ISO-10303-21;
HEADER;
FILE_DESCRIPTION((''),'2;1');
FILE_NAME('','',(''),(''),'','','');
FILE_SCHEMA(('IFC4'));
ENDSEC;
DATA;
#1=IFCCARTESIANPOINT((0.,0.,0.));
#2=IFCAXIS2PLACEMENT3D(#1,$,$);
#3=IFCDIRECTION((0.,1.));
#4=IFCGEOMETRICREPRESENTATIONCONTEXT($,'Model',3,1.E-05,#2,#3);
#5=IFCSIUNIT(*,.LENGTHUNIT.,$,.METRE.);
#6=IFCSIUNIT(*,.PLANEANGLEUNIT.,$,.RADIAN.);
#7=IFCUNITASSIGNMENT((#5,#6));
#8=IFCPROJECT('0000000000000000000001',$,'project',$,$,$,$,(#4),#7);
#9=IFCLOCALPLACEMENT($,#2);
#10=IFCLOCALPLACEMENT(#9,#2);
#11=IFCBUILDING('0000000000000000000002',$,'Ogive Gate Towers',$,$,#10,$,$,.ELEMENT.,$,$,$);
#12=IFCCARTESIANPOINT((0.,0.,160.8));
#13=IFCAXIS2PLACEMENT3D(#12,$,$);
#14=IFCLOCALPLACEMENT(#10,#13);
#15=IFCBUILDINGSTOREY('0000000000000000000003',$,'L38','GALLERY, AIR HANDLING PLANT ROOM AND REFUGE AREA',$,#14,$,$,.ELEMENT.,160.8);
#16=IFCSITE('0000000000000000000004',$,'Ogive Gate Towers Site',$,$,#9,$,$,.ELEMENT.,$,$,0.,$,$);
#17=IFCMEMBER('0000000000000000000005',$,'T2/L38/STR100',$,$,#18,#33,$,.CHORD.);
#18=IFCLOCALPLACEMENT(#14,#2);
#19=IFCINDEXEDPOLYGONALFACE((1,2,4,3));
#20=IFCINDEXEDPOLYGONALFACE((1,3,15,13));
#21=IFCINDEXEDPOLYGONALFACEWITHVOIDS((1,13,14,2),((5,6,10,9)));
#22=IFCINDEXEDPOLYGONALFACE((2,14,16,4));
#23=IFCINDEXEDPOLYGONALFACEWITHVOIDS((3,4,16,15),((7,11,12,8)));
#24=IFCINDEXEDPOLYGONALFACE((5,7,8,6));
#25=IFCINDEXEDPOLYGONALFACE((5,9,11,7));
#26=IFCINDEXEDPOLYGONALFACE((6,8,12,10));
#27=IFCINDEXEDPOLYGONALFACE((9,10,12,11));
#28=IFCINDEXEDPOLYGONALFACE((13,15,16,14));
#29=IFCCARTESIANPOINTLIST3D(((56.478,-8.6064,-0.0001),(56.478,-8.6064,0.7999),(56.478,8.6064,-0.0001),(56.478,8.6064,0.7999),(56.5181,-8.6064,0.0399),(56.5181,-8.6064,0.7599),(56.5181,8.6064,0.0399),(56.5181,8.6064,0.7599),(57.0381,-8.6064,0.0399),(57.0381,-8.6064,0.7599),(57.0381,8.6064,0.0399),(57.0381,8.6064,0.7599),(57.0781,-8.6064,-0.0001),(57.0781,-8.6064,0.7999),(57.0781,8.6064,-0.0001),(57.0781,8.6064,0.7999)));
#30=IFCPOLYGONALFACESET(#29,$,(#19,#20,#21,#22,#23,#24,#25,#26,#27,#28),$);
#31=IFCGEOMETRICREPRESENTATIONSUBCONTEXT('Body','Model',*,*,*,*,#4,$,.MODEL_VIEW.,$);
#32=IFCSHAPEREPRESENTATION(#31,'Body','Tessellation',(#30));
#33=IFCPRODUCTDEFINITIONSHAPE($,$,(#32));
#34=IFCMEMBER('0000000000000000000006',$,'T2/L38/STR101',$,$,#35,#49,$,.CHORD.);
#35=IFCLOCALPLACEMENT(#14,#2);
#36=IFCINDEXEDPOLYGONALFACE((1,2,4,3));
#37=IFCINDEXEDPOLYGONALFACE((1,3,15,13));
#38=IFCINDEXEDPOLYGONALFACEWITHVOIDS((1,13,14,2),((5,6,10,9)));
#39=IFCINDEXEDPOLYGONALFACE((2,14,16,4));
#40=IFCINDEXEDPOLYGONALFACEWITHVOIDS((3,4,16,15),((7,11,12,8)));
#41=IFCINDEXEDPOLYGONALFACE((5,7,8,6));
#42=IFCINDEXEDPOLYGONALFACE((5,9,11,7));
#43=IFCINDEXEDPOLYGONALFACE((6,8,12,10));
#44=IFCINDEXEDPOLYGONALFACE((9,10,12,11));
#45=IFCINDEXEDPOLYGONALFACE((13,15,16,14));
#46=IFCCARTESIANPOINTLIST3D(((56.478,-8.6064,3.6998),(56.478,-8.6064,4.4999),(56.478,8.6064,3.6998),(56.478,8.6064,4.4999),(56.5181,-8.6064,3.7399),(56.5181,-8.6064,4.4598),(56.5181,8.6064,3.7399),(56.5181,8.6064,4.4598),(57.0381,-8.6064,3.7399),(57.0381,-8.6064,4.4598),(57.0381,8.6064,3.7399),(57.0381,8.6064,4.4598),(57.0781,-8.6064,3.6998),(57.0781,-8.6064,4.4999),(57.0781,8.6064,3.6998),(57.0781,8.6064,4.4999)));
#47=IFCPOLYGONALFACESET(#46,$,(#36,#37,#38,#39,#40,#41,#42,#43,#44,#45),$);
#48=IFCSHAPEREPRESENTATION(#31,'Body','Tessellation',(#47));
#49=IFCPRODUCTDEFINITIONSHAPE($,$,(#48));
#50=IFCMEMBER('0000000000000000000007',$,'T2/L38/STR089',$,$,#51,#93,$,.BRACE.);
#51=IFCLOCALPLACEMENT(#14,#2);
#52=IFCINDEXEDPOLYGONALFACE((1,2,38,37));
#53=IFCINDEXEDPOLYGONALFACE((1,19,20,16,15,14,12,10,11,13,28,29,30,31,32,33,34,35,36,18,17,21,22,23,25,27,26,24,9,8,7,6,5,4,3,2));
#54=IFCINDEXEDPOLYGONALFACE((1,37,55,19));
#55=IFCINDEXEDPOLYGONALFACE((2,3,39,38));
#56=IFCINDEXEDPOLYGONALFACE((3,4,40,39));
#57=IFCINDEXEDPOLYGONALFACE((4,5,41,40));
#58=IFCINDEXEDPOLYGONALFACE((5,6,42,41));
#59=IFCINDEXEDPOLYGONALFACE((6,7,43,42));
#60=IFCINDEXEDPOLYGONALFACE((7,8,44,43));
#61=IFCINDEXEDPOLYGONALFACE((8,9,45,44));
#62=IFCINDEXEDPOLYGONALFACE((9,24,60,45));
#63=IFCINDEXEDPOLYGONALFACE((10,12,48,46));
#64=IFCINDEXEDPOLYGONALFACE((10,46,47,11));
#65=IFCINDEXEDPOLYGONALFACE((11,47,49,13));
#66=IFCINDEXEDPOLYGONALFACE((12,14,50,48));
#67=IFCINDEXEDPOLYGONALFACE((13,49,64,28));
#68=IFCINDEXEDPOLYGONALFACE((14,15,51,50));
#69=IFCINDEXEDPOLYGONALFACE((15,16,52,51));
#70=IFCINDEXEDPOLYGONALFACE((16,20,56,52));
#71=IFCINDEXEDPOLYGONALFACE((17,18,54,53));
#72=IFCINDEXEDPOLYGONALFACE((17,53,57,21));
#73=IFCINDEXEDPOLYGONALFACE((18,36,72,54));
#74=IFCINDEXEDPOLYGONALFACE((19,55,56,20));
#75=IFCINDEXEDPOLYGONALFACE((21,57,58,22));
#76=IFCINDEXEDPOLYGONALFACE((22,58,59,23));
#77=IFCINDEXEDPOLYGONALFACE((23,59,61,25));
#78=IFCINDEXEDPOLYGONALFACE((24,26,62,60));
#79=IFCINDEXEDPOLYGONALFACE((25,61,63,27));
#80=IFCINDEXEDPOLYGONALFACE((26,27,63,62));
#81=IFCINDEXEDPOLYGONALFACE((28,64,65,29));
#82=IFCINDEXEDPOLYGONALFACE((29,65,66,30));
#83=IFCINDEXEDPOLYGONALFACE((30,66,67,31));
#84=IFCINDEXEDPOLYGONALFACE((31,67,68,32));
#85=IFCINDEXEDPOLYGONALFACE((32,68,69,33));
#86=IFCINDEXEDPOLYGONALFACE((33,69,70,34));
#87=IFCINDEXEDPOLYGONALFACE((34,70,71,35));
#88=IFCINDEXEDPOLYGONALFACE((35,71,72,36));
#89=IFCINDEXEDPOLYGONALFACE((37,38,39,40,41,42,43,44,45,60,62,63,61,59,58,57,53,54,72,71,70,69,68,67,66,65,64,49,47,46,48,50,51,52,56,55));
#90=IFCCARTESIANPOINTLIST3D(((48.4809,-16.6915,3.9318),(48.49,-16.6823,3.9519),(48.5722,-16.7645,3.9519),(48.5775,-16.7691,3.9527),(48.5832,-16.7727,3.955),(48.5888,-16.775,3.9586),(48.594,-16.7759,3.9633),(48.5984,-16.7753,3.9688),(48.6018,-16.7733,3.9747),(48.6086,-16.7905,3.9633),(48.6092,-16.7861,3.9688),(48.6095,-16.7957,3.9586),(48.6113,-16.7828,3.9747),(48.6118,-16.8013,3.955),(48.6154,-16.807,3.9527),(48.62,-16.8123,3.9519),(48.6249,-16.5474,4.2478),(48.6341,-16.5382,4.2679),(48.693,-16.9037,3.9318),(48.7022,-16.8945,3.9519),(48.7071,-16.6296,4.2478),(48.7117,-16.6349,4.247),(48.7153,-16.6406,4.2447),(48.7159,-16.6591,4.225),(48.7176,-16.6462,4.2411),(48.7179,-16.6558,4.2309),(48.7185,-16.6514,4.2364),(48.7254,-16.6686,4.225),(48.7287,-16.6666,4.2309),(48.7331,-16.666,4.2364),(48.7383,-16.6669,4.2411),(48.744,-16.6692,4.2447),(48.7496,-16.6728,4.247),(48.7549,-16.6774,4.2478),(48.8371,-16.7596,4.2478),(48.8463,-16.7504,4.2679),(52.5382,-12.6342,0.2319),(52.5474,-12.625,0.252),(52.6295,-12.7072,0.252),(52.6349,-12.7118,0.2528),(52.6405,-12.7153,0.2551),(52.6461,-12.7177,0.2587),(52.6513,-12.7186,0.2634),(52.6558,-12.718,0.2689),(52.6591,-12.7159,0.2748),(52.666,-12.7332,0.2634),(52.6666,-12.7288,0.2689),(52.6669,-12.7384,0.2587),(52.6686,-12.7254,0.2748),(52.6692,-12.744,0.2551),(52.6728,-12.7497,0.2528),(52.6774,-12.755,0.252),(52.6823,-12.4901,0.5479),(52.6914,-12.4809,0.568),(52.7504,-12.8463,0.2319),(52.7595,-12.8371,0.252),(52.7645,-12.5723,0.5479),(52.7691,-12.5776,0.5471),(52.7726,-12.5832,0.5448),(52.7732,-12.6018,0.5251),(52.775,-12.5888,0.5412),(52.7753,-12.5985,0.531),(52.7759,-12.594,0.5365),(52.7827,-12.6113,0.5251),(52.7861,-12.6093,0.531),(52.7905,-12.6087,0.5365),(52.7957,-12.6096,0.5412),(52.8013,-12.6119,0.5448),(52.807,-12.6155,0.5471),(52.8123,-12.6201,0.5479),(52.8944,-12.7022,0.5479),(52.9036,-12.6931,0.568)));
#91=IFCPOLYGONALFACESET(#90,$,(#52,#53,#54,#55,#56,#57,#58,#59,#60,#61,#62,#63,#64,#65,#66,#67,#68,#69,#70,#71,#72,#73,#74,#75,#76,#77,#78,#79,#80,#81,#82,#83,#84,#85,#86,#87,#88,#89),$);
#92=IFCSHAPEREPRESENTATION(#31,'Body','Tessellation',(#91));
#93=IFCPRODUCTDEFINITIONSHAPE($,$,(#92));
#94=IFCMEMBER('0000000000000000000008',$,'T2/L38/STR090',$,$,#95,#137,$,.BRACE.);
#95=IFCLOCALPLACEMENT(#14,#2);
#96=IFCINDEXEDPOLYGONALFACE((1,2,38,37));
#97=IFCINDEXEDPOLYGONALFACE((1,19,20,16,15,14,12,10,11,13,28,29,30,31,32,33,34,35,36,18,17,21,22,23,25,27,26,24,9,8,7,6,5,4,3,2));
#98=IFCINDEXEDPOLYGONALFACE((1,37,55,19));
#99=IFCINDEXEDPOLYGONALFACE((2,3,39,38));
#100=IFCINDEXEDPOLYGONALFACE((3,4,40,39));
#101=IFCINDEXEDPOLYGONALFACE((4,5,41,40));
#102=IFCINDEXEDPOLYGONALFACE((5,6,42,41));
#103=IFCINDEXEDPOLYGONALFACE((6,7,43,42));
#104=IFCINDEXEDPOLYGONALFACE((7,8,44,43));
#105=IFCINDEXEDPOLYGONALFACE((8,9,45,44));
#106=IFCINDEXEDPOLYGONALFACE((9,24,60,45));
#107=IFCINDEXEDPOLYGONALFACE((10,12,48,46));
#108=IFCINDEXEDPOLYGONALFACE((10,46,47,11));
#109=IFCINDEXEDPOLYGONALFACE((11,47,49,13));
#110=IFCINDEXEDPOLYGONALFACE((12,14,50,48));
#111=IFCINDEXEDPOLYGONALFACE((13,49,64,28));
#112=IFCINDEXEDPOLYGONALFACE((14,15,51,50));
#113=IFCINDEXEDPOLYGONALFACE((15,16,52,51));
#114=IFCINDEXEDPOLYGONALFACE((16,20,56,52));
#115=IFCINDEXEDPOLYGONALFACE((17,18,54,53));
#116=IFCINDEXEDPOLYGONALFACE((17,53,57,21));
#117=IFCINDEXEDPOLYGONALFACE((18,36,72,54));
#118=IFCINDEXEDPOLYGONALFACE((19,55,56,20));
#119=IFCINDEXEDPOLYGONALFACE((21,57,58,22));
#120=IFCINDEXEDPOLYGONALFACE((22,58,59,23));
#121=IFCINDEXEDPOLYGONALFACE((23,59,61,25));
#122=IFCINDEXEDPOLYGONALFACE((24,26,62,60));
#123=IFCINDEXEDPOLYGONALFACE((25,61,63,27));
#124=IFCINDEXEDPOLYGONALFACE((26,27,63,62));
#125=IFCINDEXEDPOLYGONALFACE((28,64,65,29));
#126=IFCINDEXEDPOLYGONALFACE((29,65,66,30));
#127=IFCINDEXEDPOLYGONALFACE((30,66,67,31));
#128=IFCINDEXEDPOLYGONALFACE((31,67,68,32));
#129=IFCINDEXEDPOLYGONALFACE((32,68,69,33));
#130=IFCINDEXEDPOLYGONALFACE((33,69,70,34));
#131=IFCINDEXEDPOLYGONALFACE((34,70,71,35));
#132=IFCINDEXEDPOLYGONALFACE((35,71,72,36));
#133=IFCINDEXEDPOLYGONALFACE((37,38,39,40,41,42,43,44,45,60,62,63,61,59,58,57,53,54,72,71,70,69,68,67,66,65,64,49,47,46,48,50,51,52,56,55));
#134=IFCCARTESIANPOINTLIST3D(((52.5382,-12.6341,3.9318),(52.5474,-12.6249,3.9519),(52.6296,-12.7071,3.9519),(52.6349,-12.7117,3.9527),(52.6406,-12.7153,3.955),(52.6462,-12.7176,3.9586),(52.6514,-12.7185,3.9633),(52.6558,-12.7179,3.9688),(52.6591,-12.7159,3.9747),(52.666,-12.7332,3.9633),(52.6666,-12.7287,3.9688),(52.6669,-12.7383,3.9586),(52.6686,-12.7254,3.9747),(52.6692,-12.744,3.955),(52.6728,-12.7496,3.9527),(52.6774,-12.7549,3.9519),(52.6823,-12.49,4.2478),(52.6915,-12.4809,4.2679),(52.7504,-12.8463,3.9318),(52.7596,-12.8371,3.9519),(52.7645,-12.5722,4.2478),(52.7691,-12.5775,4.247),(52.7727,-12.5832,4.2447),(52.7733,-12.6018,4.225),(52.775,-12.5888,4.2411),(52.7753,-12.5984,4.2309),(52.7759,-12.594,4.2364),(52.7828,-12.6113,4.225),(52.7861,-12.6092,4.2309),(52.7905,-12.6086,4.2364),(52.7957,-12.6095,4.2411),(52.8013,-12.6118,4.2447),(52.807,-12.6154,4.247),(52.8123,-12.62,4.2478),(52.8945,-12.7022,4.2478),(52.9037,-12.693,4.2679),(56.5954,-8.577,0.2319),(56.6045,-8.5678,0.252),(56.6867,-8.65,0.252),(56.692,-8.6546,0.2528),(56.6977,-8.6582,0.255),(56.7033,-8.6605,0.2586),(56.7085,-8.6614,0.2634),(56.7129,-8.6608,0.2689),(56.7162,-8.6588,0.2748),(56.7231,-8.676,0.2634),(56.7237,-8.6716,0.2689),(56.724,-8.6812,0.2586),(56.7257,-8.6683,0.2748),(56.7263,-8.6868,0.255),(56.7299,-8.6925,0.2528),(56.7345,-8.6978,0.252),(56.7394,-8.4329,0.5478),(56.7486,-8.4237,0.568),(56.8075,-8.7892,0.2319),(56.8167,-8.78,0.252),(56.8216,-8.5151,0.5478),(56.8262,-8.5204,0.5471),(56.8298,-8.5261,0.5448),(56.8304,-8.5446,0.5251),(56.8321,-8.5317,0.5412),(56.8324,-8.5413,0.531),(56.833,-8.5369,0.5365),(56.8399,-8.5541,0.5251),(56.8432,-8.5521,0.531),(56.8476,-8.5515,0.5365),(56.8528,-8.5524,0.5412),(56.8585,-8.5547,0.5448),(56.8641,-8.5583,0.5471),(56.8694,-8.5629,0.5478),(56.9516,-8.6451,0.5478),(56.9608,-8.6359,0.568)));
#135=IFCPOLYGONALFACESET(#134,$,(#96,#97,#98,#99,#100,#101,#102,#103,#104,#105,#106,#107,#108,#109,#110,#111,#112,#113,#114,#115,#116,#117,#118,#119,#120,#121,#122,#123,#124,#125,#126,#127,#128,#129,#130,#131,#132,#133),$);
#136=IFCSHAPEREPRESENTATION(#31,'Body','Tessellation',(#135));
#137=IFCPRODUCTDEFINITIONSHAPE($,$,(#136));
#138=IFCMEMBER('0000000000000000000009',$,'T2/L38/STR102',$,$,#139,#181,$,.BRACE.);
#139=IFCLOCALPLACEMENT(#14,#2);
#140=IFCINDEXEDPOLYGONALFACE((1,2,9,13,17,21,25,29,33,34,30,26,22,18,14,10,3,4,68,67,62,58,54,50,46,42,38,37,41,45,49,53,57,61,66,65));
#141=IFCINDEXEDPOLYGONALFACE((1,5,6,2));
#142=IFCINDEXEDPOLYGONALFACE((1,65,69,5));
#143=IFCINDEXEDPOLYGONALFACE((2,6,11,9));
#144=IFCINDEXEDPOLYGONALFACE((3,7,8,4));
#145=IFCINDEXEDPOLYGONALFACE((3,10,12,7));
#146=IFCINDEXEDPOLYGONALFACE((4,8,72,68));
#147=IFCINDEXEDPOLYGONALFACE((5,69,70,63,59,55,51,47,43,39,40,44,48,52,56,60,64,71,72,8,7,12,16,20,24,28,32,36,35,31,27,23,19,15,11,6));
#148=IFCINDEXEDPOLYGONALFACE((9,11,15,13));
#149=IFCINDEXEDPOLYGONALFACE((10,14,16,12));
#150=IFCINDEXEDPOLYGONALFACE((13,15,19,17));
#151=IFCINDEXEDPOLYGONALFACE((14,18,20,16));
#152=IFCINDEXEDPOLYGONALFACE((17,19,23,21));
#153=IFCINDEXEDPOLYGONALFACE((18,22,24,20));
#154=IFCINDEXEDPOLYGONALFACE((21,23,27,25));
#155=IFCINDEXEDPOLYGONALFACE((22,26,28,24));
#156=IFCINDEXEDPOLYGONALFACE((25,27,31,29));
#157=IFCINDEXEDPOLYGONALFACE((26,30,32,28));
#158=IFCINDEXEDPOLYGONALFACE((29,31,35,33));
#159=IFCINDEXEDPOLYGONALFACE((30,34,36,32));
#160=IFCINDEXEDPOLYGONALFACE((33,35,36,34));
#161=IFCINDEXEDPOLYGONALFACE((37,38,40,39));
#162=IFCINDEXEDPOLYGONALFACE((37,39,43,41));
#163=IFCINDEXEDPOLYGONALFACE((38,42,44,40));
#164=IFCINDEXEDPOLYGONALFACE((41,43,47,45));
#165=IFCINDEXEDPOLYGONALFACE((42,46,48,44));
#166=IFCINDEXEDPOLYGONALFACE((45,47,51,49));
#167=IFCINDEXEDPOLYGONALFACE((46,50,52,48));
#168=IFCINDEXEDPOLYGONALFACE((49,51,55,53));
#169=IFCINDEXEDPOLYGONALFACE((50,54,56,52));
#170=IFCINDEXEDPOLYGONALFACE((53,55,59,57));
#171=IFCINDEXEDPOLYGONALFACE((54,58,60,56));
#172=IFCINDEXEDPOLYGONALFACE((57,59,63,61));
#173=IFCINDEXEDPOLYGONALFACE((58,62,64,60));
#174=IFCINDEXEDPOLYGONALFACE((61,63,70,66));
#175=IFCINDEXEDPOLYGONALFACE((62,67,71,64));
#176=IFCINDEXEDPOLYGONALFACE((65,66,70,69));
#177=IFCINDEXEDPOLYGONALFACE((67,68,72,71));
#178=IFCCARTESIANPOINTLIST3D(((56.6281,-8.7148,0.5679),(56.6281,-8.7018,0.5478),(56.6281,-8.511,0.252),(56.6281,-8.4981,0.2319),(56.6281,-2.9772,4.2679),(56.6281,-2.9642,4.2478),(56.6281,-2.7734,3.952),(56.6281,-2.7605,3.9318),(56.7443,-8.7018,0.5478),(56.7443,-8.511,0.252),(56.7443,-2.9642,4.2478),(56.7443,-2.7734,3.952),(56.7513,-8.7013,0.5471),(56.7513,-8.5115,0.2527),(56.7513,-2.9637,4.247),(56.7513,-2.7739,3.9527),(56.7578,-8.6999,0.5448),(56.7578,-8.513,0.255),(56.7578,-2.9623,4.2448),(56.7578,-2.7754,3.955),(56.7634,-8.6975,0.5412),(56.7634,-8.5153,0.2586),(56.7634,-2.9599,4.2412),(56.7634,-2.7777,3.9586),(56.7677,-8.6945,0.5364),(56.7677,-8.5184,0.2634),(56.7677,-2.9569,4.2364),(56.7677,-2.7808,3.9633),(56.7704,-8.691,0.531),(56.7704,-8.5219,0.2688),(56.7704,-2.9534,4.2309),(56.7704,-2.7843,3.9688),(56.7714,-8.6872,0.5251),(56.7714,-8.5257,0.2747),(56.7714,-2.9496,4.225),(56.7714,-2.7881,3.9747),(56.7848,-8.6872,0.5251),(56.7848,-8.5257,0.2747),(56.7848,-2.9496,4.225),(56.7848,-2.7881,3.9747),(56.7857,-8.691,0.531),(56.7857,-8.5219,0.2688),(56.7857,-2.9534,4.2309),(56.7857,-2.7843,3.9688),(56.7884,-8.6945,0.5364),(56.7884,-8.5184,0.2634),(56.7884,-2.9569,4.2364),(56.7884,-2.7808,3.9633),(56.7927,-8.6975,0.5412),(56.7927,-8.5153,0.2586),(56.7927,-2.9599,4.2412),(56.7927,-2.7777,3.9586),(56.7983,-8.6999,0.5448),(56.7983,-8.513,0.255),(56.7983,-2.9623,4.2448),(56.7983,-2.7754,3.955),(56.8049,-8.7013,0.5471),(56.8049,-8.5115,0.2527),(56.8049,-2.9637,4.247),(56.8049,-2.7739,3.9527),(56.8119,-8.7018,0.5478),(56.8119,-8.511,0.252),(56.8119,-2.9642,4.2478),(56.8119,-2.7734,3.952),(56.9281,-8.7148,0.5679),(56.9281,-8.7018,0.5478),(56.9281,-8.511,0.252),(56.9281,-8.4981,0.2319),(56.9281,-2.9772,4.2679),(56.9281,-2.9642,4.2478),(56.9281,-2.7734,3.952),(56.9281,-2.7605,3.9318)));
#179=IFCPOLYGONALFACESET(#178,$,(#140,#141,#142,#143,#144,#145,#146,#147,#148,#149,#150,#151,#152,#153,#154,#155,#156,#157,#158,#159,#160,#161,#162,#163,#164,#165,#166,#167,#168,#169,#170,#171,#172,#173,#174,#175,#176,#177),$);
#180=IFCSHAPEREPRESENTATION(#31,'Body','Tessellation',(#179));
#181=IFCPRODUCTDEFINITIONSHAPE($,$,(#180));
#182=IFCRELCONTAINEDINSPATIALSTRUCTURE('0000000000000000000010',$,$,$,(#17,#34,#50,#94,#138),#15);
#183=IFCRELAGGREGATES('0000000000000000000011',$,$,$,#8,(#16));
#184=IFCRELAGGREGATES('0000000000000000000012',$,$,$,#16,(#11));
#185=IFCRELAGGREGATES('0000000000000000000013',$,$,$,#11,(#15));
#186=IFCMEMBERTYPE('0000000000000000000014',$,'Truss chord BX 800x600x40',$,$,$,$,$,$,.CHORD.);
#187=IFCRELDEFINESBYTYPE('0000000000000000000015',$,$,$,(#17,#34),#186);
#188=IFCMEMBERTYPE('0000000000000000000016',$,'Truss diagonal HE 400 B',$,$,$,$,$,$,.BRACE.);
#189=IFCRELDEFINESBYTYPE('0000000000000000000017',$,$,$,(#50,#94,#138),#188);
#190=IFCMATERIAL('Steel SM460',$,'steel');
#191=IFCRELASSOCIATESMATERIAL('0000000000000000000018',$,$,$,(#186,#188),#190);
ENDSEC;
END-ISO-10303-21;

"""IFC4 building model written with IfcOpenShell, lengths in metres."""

from ifc_helpers import new_model, si_unit, direction, frame, origin, origin_2d, place, context, subcontext, project, spatial, hollow_rectangle, i_section, extrude, material, material_profile, profile_set, type_object, element, save


model = new_model("IFC4")

# Units and contexts
model_context = context("Model", 3, precision=1e-05, world=origin(), true_north=direction((0.0, 1.0)))
body_context = subcontext(model_context, "Body", "Model", "MODEL_VIEW")
ifc_project = project(units=[si_unit("LENGTHUNIT", "METRE"), si_unit("PLANEANGLEUNIT", "RADIAN")], contexts=[model_context])

# Site, building, storey
site_placement = place(None, origin())
site = spatial("IfcSite", under=ifc_project, at=site_placement, Name="Ogive Gate Towers Site", CompositionType="ELEMENT", RefElevation=0.0)
building_placement = place(site_placement, origin())
building = spatial("IfcBuilding", under=site, at=building_placement, Name="Ogive Gate Towers", CompositionType="ELEMENT")
storey_placement = place(building_placement, frame((0.0, 0.0, 160.8)))
storey = spatial("IfcBuildingStorey", under=building, at=storey_placement, Name="L38", Description="GALLERY, AIR HANDLING PLANT ROOM AND REFUGE AREA", CompositionType="ELEMENT", Elevation=160.8)

# Shared definitions
ifc_material_1 = material(Name="Steel SM460", Category="steel")

# Members
ifc_material_profile_1 = material_profile(ifc_material_1, hollow_rectangle(XDim=0.6001, YDim=0.8, WallThickness=0.04, at=origin_2d()), Name="BX 800x600x40")
ifc_profile_set_1 = profile_set([ifc_material_profile_1], Name="Steel SM460")
member_type_1 = type_object("IfcMemberType", Name="Truss chord BX 800x600x40", PredefinedType="CHORD", material=ifc_profile_set_1)
for number, where, z_axis, x_axis, name in (
    (1, (56.7781, -8.6064, 0.3999), (0.0, 1.0, 0.0), (-1.0, 0.0, 0.0), "T2/L38/STR100"),
    (2, (56.7781, -8.6064, 4.0999), (0.0, 1.0, 0.0), (-1.0, 0.0, 0.0), "T2/L38/STR101"),
):
    element("IfcMember", number, at=place(storey_placement, frame(where, z_axis=z_axis, x_axis=x_axis)), inside=storey, type_object=member_type_1, Name=name, PredefinedType="CHORD", context=body_context, shape_type="SweptSolid", body=[
        extrude(hollow_rectangle(XDim=0.6001, YDim=0.8, WallThickness=0.04, at=origin_2d()), origin(), (0.0, 0.0, 1.0), 17.2129),
    ])
ifc_material_profile_2 = material_profile(ifc_material_1, i_section(OverallWidth=0.3, OverallDepth=0.3999, WebThickness=0.0134, FlangeThickness=0.0239, FilletRadius=0.0271, at=origin_2d()), Name="HE 400 B")
ifc_profile_set_2 = profile_set([ifc_material_profile_2], Name="Steel SM460")
member_type_2 = type_object("IfcMemberType", Name="Truss diagonal HE 400 B", PredefinedType="BRACE", material=ifc_profile_set_2)
member_1_placement = place(storey_placement, frame((48.6636, -16.7209, 4.0999), z_axis=(0.594273, 0.594273, -0.541922), x_axis=(-0.707107, 0.707107, 0.0)))
element("IfcMember", 3, at=member_1_placement, inside=storey, type_object=member_type_2, Name="T2/L38/STR089", PredefinedType="BRACE", context=body_context, shape_type="SweptSolid", body=[
    extrude(i_section(OverallWidth=0.3, OverallDepth=0.3999, WebThickness=0.0134, FlangeThickness=0.0239, FilletRadius=0.0271, at=origin_2d()), origin(), (0.0, 0.0, 1.0), 6.8274),
])
for number, where, z_axis, x_axis, name in (
    (4, (52.7209, -12.6636, 4.0999), (0.594262, 0.594262, -0.541945), (-0.707107, 0.707107, 0.0), "T2/L38/STR090"),
    (5, (56.7781, -8.6064, 0.3999), (0.0, 0.84041, 0.541952), (-1.0, 0.0, 0.0), "T2/L38/STR102"),
):
    element("IfcMember", number, at=place(storey_placement, frame(where, z_axis=z_axis, x_axis=x_axis)), inside=storey, type_object=member_type_2, Name=name, PredefinedType="BRACE", context=body_context, shape_type="SweptSolid", body=[
        extrude(i_section(OverallWidth=0.3, OverallDepth=0.3999, WebThickness=0.0134, FlangeThickness=0.0239, FilletRadius=0.0271, at=origin_2d()), origin(), (0.0, 0.0, 1.0), 6.8271),
    ])

save(model, "model.ifc")
